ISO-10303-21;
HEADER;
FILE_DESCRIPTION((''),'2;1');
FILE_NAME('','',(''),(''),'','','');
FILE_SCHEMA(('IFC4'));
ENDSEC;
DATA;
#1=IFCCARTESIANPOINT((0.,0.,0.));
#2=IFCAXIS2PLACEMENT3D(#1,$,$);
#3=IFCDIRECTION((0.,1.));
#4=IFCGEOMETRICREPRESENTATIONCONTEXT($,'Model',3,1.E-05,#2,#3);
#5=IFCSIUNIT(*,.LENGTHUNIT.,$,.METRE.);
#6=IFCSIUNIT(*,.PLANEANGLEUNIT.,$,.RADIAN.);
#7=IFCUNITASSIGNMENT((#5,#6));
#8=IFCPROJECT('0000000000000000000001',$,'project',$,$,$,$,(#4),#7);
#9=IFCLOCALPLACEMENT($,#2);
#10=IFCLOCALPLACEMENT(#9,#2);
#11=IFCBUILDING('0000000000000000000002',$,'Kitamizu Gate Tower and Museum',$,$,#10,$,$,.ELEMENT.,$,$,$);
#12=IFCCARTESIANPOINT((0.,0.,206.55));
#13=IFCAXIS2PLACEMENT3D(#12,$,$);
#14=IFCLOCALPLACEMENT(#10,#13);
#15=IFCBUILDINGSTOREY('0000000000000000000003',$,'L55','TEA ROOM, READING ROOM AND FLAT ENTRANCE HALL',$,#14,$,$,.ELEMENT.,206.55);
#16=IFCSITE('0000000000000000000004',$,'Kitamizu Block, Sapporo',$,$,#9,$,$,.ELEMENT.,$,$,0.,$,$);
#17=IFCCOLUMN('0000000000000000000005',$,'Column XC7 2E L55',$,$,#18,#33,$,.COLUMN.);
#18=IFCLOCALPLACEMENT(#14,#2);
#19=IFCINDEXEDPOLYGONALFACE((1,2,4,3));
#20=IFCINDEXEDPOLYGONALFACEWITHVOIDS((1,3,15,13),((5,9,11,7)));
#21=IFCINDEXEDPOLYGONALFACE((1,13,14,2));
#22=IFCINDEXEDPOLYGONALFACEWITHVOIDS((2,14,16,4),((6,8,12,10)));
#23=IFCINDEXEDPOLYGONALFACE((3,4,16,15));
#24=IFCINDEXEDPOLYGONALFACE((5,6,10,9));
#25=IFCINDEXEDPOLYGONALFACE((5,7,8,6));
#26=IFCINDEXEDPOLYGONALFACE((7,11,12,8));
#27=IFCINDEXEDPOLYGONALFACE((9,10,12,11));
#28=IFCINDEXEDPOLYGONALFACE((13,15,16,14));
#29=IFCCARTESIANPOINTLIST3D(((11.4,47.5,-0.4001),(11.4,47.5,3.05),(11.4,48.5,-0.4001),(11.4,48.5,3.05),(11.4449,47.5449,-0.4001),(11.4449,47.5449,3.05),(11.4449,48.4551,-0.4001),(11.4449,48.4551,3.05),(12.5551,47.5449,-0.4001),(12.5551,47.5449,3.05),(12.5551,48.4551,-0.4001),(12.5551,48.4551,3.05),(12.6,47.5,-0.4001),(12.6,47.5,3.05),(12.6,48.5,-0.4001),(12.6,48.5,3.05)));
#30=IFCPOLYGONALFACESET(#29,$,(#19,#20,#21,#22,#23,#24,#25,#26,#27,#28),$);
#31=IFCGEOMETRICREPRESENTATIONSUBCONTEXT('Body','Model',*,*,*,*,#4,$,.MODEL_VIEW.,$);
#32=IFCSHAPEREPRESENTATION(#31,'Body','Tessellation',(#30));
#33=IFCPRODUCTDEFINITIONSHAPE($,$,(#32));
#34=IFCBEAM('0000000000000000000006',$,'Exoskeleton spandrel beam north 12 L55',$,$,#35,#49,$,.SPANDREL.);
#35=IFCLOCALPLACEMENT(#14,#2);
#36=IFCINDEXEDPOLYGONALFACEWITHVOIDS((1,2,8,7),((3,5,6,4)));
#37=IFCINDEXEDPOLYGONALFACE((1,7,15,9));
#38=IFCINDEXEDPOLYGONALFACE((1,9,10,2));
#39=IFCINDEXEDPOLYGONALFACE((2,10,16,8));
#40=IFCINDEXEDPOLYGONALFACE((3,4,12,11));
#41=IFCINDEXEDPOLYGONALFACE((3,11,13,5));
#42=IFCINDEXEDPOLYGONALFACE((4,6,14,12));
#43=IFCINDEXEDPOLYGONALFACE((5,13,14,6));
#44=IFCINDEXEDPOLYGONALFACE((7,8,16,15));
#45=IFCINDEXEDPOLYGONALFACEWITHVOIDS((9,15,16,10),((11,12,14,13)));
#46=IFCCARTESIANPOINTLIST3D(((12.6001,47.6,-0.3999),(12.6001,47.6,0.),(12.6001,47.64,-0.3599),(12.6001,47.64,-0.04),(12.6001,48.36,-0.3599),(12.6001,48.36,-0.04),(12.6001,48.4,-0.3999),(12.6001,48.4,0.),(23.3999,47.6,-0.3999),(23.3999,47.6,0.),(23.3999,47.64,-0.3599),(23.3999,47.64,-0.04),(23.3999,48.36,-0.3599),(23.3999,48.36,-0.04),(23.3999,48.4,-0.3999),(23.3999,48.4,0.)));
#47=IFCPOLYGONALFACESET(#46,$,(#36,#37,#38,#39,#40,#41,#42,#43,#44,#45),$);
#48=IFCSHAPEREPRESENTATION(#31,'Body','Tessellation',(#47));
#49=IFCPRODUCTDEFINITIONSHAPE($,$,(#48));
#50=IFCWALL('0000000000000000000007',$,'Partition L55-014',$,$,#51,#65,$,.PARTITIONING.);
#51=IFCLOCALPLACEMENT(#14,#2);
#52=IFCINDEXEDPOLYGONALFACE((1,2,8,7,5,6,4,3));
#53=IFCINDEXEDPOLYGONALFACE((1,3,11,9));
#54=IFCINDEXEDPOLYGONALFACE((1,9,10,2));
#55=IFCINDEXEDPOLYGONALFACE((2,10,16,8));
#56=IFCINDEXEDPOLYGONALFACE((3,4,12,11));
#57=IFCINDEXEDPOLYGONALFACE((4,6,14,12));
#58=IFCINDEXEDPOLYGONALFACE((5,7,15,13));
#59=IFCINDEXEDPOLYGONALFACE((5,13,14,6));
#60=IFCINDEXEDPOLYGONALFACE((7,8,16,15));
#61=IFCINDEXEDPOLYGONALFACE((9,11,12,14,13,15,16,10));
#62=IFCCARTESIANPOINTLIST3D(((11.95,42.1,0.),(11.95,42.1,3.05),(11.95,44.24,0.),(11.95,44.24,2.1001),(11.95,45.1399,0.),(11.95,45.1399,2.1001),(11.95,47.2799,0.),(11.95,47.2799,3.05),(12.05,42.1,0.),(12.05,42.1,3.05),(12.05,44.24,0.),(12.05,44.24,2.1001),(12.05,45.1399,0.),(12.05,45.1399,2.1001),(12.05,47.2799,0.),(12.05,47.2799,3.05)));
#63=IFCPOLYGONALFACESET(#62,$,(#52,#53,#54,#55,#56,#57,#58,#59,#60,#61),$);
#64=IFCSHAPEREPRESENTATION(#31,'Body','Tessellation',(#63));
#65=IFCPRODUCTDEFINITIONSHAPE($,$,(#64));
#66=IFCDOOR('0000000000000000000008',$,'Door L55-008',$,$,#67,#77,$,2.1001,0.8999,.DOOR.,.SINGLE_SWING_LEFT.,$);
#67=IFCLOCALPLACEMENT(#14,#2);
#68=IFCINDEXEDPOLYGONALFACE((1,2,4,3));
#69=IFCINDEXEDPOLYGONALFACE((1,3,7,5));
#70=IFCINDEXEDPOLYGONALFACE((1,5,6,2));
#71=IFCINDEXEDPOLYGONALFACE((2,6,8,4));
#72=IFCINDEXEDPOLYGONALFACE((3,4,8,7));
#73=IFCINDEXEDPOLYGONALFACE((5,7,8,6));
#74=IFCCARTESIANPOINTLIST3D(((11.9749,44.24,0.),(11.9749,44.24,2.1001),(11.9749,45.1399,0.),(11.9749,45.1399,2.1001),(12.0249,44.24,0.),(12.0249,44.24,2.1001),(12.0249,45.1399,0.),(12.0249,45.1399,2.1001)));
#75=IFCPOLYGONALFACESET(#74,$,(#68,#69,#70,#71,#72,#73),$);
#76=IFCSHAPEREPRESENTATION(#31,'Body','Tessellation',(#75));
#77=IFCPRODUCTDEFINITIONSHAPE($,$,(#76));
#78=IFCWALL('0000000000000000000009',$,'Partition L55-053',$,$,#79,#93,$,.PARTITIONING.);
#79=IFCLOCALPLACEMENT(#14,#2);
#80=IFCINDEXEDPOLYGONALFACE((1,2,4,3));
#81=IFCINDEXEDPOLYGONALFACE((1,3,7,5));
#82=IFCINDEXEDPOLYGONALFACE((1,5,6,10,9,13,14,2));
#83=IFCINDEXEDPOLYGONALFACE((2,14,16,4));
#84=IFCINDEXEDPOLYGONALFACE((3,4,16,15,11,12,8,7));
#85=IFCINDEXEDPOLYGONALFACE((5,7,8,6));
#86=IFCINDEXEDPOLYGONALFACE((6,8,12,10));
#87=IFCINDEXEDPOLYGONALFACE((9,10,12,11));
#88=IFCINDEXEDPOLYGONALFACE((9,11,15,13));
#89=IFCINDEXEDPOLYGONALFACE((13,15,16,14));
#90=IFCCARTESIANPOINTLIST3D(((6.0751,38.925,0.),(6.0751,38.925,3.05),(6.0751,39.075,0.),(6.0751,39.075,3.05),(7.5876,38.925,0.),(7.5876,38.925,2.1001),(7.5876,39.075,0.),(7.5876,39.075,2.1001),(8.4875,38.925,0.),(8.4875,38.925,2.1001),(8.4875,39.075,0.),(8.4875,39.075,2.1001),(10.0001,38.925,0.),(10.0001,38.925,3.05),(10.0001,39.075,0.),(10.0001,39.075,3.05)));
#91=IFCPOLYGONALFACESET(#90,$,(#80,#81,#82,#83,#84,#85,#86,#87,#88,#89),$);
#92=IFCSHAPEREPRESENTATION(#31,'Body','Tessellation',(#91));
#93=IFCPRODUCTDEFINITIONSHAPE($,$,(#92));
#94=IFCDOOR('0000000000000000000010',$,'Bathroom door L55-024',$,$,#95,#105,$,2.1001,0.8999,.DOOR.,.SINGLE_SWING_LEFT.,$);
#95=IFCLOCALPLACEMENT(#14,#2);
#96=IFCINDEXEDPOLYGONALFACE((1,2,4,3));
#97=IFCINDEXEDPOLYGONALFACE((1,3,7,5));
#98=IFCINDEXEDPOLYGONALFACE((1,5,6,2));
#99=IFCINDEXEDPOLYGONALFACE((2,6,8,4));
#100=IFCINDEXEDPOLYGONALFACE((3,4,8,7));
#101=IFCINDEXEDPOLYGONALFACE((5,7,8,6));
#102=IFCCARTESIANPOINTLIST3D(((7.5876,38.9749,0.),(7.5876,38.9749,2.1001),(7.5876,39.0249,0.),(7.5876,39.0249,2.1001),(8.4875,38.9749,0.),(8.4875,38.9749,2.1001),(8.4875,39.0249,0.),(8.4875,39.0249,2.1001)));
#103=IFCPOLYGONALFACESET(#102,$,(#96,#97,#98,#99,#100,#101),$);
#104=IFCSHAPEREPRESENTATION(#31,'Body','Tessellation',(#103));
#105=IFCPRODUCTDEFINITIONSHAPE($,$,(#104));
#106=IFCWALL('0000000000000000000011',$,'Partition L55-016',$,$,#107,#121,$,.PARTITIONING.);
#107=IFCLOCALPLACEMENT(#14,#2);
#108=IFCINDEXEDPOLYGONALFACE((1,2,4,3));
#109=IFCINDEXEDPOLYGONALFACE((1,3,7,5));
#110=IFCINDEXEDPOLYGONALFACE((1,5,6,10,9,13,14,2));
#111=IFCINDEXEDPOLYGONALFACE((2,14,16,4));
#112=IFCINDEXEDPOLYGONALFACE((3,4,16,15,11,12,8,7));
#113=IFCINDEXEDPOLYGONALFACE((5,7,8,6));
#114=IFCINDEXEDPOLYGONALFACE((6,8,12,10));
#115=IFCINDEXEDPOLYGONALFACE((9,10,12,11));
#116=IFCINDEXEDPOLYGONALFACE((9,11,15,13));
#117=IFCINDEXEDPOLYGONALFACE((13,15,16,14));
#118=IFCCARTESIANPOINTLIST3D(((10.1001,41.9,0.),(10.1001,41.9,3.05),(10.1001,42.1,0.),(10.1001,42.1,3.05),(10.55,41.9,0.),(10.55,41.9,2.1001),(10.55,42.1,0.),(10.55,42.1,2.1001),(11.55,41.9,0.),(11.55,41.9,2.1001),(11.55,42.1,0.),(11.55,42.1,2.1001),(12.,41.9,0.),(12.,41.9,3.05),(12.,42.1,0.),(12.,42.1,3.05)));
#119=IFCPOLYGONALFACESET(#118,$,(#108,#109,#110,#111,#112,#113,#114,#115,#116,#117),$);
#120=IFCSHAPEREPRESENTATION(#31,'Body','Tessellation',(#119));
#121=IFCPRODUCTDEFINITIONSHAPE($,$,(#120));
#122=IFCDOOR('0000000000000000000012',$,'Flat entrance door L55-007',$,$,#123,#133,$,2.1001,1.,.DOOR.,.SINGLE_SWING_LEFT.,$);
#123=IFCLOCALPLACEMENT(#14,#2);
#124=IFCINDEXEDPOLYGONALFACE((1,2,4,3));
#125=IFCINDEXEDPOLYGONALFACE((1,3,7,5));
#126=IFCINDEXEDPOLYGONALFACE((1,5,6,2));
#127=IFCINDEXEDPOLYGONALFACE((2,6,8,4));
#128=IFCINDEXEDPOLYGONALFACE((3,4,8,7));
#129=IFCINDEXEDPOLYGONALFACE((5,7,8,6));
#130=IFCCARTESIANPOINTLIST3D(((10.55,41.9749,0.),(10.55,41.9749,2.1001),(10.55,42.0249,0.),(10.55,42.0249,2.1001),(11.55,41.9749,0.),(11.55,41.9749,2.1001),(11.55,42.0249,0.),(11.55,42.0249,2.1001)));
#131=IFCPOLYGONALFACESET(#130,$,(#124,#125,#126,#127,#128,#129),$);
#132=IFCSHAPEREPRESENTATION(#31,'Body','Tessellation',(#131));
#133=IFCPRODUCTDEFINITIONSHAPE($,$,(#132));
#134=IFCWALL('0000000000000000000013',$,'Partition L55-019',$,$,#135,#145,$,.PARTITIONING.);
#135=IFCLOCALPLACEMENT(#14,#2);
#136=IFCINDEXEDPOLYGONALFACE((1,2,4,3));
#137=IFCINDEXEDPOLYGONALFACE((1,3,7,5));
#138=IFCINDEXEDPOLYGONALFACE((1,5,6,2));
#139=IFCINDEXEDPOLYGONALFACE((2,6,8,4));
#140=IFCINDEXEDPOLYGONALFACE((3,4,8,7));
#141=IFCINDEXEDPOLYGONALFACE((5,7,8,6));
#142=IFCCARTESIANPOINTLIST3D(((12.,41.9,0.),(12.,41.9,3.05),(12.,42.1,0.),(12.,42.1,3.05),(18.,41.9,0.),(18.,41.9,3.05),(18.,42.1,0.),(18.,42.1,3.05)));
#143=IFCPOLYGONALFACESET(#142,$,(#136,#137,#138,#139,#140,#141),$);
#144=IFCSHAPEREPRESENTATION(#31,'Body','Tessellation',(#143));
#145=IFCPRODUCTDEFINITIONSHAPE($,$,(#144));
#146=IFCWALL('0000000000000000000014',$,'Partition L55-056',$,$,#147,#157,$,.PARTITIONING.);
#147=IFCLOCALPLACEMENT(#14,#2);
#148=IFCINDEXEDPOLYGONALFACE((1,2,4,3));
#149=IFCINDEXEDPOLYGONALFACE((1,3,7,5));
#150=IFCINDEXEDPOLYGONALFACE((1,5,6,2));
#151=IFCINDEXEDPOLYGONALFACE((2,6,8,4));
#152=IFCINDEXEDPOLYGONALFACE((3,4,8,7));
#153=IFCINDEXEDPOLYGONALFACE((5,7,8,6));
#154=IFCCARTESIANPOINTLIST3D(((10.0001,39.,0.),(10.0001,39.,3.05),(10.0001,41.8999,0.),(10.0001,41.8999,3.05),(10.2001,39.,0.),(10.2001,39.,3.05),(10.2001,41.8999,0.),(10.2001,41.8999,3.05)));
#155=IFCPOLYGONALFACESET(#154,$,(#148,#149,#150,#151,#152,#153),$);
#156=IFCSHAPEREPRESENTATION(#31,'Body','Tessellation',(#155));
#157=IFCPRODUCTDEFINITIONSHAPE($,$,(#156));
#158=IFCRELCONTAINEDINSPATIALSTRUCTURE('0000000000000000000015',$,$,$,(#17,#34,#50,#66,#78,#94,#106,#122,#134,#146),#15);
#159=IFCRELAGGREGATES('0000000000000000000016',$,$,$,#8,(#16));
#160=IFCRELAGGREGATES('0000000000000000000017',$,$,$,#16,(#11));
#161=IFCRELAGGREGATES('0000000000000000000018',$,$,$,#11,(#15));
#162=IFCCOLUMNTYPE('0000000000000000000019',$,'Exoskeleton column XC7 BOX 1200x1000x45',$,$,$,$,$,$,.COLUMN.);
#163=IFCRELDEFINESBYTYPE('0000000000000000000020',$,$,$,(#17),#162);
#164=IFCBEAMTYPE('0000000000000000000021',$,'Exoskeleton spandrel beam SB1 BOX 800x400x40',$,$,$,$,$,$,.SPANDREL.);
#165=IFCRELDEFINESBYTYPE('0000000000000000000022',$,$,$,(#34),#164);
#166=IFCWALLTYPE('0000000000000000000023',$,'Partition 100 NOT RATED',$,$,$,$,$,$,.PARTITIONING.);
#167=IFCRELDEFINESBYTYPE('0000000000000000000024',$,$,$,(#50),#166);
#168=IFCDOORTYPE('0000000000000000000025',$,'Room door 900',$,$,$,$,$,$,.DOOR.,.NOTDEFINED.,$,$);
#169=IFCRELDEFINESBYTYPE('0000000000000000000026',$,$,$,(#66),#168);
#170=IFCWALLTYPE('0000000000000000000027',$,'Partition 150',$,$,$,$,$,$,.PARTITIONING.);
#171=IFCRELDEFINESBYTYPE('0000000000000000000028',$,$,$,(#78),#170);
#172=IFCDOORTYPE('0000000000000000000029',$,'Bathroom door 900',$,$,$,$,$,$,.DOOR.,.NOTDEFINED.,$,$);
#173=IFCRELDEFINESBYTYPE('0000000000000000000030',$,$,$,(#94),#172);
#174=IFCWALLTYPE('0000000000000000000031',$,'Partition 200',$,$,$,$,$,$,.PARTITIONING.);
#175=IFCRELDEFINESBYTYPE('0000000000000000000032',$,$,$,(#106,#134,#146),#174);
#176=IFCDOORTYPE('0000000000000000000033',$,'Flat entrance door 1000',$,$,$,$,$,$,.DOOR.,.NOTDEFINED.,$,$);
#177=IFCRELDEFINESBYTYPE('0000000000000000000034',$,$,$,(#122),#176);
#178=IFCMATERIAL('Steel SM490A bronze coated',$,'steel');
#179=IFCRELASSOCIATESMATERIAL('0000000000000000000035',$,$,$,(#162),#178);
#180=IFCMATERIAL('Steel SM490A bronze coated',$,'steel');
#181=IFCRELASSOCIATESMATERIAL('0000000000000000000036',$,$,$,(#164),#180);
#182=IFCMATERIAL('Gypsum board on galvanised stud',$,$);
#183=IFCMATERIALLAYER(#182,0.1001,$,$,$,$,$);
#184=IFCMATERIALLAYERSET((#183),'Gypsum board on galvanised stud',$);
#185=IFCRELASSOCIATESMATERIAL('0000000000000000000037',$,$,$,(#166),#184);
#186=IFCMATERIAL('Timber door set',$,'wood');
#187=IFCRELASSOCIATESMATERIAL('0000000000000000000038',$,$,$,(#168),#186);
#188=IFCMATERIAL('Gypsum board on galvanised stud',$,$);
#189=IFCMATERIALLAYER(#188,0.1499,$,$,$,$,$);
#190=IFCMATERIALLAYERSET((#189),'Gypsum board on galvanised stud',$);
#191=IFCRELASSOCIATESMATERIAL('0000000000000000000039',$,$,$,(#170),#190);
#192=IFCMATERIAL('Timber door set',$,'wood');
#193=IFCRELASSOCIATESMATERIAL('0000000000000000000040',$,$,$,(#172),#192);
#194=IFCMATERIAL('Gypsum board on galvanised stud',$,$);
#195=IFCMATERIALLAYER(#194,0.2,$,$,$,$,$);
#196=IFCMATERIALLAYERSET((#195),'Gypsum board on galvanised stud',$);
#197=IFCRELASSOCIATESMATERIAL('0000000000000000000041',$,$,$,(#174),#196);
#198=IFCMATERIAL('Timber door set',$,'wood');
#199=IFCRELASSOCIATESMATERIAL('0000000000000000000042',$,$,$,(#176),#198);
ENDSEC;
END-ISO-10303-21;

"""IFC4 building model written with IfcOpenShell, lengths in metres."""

from ifc_helpers import new_model, si_unit, direction, frame, frame_2d, origin, origin_2d, place, context, subcontext, project, spatial, rectangle, hollow_rectangle, extrude, material, layer, layer_set, material_profile, profile_set, type_object, element, fill, save


model = new_model("IFC4")

# Units and contexts
model_context = context("Model", 3, precision=1e-05, world=origin(), true_north=direction((0.0, 1.0)))
body_context = subcontext(model_context, "Body", "Model", "MODEL_VIEW")
ifc_project = project(units=[si_unit("LENGTHUNIT", "METRE"), si_unit("PLANEANGLEUNIT", "RADIAN")], contexts=[model_context])

# Site, building, storey
site_placement = place(None, origin())
site = spatial("IfcSite", under=ifc_project, at=site_placement, Name="Kitamizu Block, Sapporo", CompositionType="ELEMENT", RefElevation=0.0)
building_placement = place(site_placement, origin())
building = spatial("IfcBuilding", under=site, at=building_placement, Name="Kitamizu Gate Tower and Museum", CompositionType="ELEMENT")
storey_placement = place(building_placement, frame((0.0, 0.0, 206.55)))
storey = spatial("IfcBuildingStorey", under=building, at=storey_placement, Name="L55", Description="TEA ROOM, READING ROOM AND FLAT ENTRANCE HALL", CompositionType="ELEMENT", Elevation=206.55)

# Column
ifc_material_1 = material(Name="Steel SM490A bronze coated", Category="steel")
ifc_material_profile_1 = material_profile(ifc_material_1, hollow_rectangle(XDim=1.2, YDim=1.0, WallThickness=0.0449, at=origin_2d()), Name="BOX 1200x1000x45")
ifc_profile_set_1 = profile_set([ifc_material_profile_1], Name="Steel SM490A bronze coated")
column_type = type_object("IfcColumnType", Name="Exoskeleton column XC7 BOX 1200x1000x45", PredefinedType="COLUMN", material=ifc_profile_set_1)
column_placement = place(storey_placement, frame((12.0, 48.0, -0.4001), z_axis=(0.0, 0.0, 1.0), x_axis=(1.0, 0.0, 0.0)))
element("IfcColumn", 1, at=column_placement, inside=storey, type_object=column_type, Name="Column XC7 2E L55", PredefinedType="COLUMN", context=body_context, shape_type="SweptSolid", body=[
    extrude(hollow_rectangle(XDim=1.2, YDim=1.0, WallThickness=0.0449, at=origin_2d()), origin(), (0.0, 0.0, 1.0), 3.4502),
])

# Beam
ifc_material_2 = material(Name="Steel SM490A bronze coated", Category="steel")
ifc_material_profile_2 = material_profile(ifc_material_2, hollow_rectangle(XDim=0.8, YDim=0.3999, WallThickness=0.04, at=origin_2d()), Name="BOX 800x400x40")
ifc_profile_set_2 = profile_set([ifc_material_profile_2], Name="Steel SM490A bronze coated")
beam_type = type_object("IfcBeamType", Name="Exoskeleton spandrel beam SB1 BOX 800x400x40", PredefinedType="SPANDREL", material=ifc_profile_set_2)
beam_placement = place(storey_placement, frame((12.6001, 48.0, -0.2), z_axis=(1.0, 0.0, 0.0), x_axis=(0.0, 1.0, 0.0)))
element("IfcBeam", 2, at=beam_placement, inside=storey, type_object=beam_type, Name="Exoskeleton spandrel beam north 12 L55", PredefinedType="SPANDREL", context=body_context, shape_type="SweptSolid", body=[
    extrude(hollow_rectangle(XDim=0.8, YDim=0.3999, WallThickness=0.04, at=origin_2d()), origin(), (0.0, 0.0, 1.0), 10.7998),
])

# Walls, openings, doors
ifc_material_3 = material(Name="Gypsum board on galvanised stud")
ifc_layer_1 = layer(ifc_material_3, 0.1001)
ifc_layer_set_1 = layer_set([ifc_layer_1], Name="Gypsum board on galvanised stud")
wall_type_1 = type_object("IfcWallType", Name="Partition 100 NOT RATED", PredefinedType="PARTITIONING", material=ifc_layer_set_1)
wall_1_placement = place(storey_placement, frame((12.0, 42.1001, 0.0), z_axis=(0.0, 0.0, 1.0), x_axis=(0.0, 1.0, 0.0)))
wall_1 = element("IfcWall", 3, at=wall_1_placement, inside=storey, type_object=wall_type_1, Name="Partition L55-014", PredefinedType="PARTITIONING", context=body_context, shape_type="SweptSolid", body=[
    extrude(rectangle(XDim=5.1799, YDim=0.1001, at=frame_2d((2.5898, 0.0))), origin(), (0.0, 0.0, 1.0), 3.05),
])
opening_1_placement = place(wall_1_placement, frame((2.1399, 0.0, 0.0)))
opening_1 = element("IfcOpeningElement", 4, at=opening_1_placement, cuts=wall_1, PredefinedType="OPENING", context=body_context, shape_type="SweptSolid", body=[
    extrude(rectangle(XDim=0.8999, YDim=2.1001, at=frame_2d((0.45, 1.05))), frame((0.0, 0.0601, 0.0), z_axis=(0.0, -1.0, 0.0), x_axis=(1.0, 0.0, 0.0)), (0.0, 0.0, 1.0), 0.1201),
])
ifc_material_4 = material(Name="Timber door set", Category="wood")
door_type_1 = type_object("IfcDoorType", Name="Room door 900", OperationType="NOTDEFINED", PredefinedType="DOOR", material=ifc_material_4)
door_1_placement = place(opening_1_placement, frame((0.8999, 0.0, 0.0), x_axis=(-1.0, 0.0, 0.0)))
door_1 = element("IfcDoor", 5, at=door_1_placement, inside=storey, type_object=door_type_1, Name="Door L55-008", OperationType="SINGLE_SWING_LEFT", OverallHeight=2.1001, OverallWidth=0.8999, PredefinedType="DOOR", context=body_context, shape_type="SweptSolid", body=[
    extrude(rectangle(XDim=0.8999, YDim=2.1001, at=frame_2d((0.45, 1.05))), frame((0.0, 0.0249, 0.0), z_axis=(0.0, -1.0, 0.0), x_axis=(1.0, 0.0, 0.0)), (0.0, 0.0, 1.0), 0.05),
])
fill(opening_1, door_1)
ifc_material_5 = material(Name="Gypsum board on galvanised stud")
ifc_layer_2 = layer(ifc_material_5, 0.1499)
ifc_layer_set_2 = layer_set([ifc_layer_2], Name="Gypsum board on galvanised stud")
wall_type_2 = type_object("IfcWallType", Name="Partition 150", PredefinedType="PARTITIONING", material=ifc_layer_set_2)
wall_2_placement = place(storey_placement, frame((10.0, 39.0, 0.0), z_axis=(0.0, 0.0, 1.0), x_axis=(-1.0, 0.0, 0.0)))
wall_2 = element("IfcWall", 6, at=wall_2_placement, inside=storey, type_object=wall_type_2, Name="Partition L55-053", PredefinedType="PARTITIONING", context=body_context, shape_type="SweptSolid", body=[
    extrude(rectangle(XDim=3.925, YDim=0.1499, at=frame_2d((1.9624, 0.0))), origin(), (0.0, 0.0, 1.0), 3.05),
])
opening_2_placement = place(wall_2_placement, frame((1.5125, 0.0, 0.0)))
opening_2 = element("IfcOpeningElement", 7, at=opening_2_placement, cuts=wall_2, PredefinedType="OPENING", context=body_context, shape_type="SweptSolid", body=[
    extrude(rectangle(XDim=0.8999, YDim=2.1001, at=frame_2d((0.45, 1.05))), frame((0.0, 0.085, 0.0), z_axis=(0.0, -1.0, 0.0), x_axis=(1.0, 0.0, 0.0)), (0.0, 0.0, 1.0), 0.1699),
])
ifc_material_6 = material(Name="Timber door set", Category="wood")
door_type_2 = type_object("IfcDoorType", Name="Bathroom door 900", OperationType="NOTDEFINED", PredefinedType="DOOR", material=ifc_material_6)
door_2_placement = place(opening_2_placement, frame((0.8999, 0.0, 0.0), x_axis=(-1.0, 0.0, 0.0)))
door_2 = element("IfcDoor", 8, at=door_2_placement, inside=storey, type_object=door_type_2, Name="Bathroom door L55-024", OperationType="SINGLE_SWING_LEFT", OverallHeight=2.1001, OverallWidth=0.8999, PredefinedType="DOOR", context=body_context, shape_type="SweptSolid", body=[
    extrude(rectangle(XDim=0.8999, YDim=2.1001, at=frame_2d((0.45, 1.05))), frame((0.0, 0.0249, 0.0), z_axis=(0.0, -1.0, 0.0), x_axis=(1.0, 0.0, 0.0)), (0.0, 0.0, 1.0), 0.05),
])
fill(opening_2, door_2)
ifc_material_7 = material(Name="Gypsum board on galvanised stud")
ifc_layer_3 = layer(ifc_material_7, 0.2)
ifc_layer_set_3 = layer_set([ifc_layer_3], Name="Gypsum board on galvanised stud")
wall_type_3 = type_object("IfcWallType", Name="Partition 200", PredefinedType="PARTITIONING", material=ifc_layer_set_3)
wall_3_placement = place(storey_placement, frame((10.1001, 42.0, 0.0), z_axis=(0.0, 0.0, 1.0), x_axis=(1.0, 0.0, 0.0)))
wall_3 = element("IfcWall", 9, at=wall_3_placement, inside=storey, type_object=wall_type_3, Name="Partition L55-016", PredefinedType="PARTITIONING", context=body_context, shape_type="SweptSolid", body=[
    extrude(rectangle(XDim=1.8999, YDim=0.2, at=frame_2d((0.95, 0.0))), origin(), (0.0, 0.0, 1.0), 3.05),
])
opening_3_placement = place(wall_3_placement, frame((0.45, 0.0, 0.0)))
opening_3 = element("IfcOpeningElement", 10, at=opening_3_placement, cuts=wall_3, PredefinedType="OPENING", context=body_context, shape_type="SweptSolid", body=[
    extrude(rectangle(XDim=1.0, YDim=2.1001, at=frame_2d((0.5, 1.05))), frame((0.0, 0.1099, 0.0), z_axis=(0.0, -1.0, 0.0), x_axis=(1.0, 0.0, 0.0)), (0.0, 0.0, 1.0), 0.22),
])
ifc_material_8 = material(Name="Timber door set", Category="wood")
door_type_3 = type_object("IfcDoorType", Name="Flat entrance door 1000", OperationType="NOTDEFINED", PredefinedType="DOOR", material=ifc_material_8)
door_3_placement = place(opening_3_placement, origin())
door_3 = element("IfcDoor", 11, at=door_3_placement, inside=storey, type_object=door_type_3, Name="Flat entrance door L55-007", OperationType="SINGLE_SWING_LEFT", OverallHeight=2.1001, OverallWidth=1.0, PredefinedType="DOOR", context=body_context, shape_type="SweptSolid", body=[
    extrude(rectangle(XDim=1.0, YDim=2.1001, at=frame_2d((0.5, 1.05))), frame((0.0, 0.0249, 0.0), z_axis=(0.0, -1.0, 0.0), x_axis=(1.0, 0.0, 0.0)), (0.0, 0.0, 1.0), 0.05),
])
fill(opening_3, door_3)

# Walls
wall_4_placement = place(storey_placement, frame((12.0, 42.0, 0.0), z_axis=(0.0, 0.0, 1.0), x_axis=(1.0, 0.0, 0.0)))
element("IfcWall", 12, at=wall_4_placement, inside=storey, type_object=wall_type_3, Name="Partition L55-019", PredefinedType="PARTITIONING", context=body_context, shape_type="SweptSolid", body=[
    extrude(rectangle(XDim=6.0, YDim=0.2, at=frame_2d((3.0, 0.0))), origin(), (0.0, 0.0, 1.0), 3.05),
])
wall_5_placement = place(storey_placement, frame((10.1001, 39.0, 0.0), z_axis=(0.0, 0.0, 1.0), x_axis=(0.0, 1.0, 0.0)))
element("IfcWall", 13, at=wall_5_placement, inside=storey, type_object=wall_type_3, Name="Partition L55-056", PredefinedType="PARTITIONING", context=body_context, shape_type="SweptSolid", body=[
    extrude(rectangle(XDim=2.8999, YDim=0.2, at=frame_2d((1.45, 0.0))), origin(), (0.0, 0.0, 1.0), 3.05),
])

save(model, "model.ifc")
